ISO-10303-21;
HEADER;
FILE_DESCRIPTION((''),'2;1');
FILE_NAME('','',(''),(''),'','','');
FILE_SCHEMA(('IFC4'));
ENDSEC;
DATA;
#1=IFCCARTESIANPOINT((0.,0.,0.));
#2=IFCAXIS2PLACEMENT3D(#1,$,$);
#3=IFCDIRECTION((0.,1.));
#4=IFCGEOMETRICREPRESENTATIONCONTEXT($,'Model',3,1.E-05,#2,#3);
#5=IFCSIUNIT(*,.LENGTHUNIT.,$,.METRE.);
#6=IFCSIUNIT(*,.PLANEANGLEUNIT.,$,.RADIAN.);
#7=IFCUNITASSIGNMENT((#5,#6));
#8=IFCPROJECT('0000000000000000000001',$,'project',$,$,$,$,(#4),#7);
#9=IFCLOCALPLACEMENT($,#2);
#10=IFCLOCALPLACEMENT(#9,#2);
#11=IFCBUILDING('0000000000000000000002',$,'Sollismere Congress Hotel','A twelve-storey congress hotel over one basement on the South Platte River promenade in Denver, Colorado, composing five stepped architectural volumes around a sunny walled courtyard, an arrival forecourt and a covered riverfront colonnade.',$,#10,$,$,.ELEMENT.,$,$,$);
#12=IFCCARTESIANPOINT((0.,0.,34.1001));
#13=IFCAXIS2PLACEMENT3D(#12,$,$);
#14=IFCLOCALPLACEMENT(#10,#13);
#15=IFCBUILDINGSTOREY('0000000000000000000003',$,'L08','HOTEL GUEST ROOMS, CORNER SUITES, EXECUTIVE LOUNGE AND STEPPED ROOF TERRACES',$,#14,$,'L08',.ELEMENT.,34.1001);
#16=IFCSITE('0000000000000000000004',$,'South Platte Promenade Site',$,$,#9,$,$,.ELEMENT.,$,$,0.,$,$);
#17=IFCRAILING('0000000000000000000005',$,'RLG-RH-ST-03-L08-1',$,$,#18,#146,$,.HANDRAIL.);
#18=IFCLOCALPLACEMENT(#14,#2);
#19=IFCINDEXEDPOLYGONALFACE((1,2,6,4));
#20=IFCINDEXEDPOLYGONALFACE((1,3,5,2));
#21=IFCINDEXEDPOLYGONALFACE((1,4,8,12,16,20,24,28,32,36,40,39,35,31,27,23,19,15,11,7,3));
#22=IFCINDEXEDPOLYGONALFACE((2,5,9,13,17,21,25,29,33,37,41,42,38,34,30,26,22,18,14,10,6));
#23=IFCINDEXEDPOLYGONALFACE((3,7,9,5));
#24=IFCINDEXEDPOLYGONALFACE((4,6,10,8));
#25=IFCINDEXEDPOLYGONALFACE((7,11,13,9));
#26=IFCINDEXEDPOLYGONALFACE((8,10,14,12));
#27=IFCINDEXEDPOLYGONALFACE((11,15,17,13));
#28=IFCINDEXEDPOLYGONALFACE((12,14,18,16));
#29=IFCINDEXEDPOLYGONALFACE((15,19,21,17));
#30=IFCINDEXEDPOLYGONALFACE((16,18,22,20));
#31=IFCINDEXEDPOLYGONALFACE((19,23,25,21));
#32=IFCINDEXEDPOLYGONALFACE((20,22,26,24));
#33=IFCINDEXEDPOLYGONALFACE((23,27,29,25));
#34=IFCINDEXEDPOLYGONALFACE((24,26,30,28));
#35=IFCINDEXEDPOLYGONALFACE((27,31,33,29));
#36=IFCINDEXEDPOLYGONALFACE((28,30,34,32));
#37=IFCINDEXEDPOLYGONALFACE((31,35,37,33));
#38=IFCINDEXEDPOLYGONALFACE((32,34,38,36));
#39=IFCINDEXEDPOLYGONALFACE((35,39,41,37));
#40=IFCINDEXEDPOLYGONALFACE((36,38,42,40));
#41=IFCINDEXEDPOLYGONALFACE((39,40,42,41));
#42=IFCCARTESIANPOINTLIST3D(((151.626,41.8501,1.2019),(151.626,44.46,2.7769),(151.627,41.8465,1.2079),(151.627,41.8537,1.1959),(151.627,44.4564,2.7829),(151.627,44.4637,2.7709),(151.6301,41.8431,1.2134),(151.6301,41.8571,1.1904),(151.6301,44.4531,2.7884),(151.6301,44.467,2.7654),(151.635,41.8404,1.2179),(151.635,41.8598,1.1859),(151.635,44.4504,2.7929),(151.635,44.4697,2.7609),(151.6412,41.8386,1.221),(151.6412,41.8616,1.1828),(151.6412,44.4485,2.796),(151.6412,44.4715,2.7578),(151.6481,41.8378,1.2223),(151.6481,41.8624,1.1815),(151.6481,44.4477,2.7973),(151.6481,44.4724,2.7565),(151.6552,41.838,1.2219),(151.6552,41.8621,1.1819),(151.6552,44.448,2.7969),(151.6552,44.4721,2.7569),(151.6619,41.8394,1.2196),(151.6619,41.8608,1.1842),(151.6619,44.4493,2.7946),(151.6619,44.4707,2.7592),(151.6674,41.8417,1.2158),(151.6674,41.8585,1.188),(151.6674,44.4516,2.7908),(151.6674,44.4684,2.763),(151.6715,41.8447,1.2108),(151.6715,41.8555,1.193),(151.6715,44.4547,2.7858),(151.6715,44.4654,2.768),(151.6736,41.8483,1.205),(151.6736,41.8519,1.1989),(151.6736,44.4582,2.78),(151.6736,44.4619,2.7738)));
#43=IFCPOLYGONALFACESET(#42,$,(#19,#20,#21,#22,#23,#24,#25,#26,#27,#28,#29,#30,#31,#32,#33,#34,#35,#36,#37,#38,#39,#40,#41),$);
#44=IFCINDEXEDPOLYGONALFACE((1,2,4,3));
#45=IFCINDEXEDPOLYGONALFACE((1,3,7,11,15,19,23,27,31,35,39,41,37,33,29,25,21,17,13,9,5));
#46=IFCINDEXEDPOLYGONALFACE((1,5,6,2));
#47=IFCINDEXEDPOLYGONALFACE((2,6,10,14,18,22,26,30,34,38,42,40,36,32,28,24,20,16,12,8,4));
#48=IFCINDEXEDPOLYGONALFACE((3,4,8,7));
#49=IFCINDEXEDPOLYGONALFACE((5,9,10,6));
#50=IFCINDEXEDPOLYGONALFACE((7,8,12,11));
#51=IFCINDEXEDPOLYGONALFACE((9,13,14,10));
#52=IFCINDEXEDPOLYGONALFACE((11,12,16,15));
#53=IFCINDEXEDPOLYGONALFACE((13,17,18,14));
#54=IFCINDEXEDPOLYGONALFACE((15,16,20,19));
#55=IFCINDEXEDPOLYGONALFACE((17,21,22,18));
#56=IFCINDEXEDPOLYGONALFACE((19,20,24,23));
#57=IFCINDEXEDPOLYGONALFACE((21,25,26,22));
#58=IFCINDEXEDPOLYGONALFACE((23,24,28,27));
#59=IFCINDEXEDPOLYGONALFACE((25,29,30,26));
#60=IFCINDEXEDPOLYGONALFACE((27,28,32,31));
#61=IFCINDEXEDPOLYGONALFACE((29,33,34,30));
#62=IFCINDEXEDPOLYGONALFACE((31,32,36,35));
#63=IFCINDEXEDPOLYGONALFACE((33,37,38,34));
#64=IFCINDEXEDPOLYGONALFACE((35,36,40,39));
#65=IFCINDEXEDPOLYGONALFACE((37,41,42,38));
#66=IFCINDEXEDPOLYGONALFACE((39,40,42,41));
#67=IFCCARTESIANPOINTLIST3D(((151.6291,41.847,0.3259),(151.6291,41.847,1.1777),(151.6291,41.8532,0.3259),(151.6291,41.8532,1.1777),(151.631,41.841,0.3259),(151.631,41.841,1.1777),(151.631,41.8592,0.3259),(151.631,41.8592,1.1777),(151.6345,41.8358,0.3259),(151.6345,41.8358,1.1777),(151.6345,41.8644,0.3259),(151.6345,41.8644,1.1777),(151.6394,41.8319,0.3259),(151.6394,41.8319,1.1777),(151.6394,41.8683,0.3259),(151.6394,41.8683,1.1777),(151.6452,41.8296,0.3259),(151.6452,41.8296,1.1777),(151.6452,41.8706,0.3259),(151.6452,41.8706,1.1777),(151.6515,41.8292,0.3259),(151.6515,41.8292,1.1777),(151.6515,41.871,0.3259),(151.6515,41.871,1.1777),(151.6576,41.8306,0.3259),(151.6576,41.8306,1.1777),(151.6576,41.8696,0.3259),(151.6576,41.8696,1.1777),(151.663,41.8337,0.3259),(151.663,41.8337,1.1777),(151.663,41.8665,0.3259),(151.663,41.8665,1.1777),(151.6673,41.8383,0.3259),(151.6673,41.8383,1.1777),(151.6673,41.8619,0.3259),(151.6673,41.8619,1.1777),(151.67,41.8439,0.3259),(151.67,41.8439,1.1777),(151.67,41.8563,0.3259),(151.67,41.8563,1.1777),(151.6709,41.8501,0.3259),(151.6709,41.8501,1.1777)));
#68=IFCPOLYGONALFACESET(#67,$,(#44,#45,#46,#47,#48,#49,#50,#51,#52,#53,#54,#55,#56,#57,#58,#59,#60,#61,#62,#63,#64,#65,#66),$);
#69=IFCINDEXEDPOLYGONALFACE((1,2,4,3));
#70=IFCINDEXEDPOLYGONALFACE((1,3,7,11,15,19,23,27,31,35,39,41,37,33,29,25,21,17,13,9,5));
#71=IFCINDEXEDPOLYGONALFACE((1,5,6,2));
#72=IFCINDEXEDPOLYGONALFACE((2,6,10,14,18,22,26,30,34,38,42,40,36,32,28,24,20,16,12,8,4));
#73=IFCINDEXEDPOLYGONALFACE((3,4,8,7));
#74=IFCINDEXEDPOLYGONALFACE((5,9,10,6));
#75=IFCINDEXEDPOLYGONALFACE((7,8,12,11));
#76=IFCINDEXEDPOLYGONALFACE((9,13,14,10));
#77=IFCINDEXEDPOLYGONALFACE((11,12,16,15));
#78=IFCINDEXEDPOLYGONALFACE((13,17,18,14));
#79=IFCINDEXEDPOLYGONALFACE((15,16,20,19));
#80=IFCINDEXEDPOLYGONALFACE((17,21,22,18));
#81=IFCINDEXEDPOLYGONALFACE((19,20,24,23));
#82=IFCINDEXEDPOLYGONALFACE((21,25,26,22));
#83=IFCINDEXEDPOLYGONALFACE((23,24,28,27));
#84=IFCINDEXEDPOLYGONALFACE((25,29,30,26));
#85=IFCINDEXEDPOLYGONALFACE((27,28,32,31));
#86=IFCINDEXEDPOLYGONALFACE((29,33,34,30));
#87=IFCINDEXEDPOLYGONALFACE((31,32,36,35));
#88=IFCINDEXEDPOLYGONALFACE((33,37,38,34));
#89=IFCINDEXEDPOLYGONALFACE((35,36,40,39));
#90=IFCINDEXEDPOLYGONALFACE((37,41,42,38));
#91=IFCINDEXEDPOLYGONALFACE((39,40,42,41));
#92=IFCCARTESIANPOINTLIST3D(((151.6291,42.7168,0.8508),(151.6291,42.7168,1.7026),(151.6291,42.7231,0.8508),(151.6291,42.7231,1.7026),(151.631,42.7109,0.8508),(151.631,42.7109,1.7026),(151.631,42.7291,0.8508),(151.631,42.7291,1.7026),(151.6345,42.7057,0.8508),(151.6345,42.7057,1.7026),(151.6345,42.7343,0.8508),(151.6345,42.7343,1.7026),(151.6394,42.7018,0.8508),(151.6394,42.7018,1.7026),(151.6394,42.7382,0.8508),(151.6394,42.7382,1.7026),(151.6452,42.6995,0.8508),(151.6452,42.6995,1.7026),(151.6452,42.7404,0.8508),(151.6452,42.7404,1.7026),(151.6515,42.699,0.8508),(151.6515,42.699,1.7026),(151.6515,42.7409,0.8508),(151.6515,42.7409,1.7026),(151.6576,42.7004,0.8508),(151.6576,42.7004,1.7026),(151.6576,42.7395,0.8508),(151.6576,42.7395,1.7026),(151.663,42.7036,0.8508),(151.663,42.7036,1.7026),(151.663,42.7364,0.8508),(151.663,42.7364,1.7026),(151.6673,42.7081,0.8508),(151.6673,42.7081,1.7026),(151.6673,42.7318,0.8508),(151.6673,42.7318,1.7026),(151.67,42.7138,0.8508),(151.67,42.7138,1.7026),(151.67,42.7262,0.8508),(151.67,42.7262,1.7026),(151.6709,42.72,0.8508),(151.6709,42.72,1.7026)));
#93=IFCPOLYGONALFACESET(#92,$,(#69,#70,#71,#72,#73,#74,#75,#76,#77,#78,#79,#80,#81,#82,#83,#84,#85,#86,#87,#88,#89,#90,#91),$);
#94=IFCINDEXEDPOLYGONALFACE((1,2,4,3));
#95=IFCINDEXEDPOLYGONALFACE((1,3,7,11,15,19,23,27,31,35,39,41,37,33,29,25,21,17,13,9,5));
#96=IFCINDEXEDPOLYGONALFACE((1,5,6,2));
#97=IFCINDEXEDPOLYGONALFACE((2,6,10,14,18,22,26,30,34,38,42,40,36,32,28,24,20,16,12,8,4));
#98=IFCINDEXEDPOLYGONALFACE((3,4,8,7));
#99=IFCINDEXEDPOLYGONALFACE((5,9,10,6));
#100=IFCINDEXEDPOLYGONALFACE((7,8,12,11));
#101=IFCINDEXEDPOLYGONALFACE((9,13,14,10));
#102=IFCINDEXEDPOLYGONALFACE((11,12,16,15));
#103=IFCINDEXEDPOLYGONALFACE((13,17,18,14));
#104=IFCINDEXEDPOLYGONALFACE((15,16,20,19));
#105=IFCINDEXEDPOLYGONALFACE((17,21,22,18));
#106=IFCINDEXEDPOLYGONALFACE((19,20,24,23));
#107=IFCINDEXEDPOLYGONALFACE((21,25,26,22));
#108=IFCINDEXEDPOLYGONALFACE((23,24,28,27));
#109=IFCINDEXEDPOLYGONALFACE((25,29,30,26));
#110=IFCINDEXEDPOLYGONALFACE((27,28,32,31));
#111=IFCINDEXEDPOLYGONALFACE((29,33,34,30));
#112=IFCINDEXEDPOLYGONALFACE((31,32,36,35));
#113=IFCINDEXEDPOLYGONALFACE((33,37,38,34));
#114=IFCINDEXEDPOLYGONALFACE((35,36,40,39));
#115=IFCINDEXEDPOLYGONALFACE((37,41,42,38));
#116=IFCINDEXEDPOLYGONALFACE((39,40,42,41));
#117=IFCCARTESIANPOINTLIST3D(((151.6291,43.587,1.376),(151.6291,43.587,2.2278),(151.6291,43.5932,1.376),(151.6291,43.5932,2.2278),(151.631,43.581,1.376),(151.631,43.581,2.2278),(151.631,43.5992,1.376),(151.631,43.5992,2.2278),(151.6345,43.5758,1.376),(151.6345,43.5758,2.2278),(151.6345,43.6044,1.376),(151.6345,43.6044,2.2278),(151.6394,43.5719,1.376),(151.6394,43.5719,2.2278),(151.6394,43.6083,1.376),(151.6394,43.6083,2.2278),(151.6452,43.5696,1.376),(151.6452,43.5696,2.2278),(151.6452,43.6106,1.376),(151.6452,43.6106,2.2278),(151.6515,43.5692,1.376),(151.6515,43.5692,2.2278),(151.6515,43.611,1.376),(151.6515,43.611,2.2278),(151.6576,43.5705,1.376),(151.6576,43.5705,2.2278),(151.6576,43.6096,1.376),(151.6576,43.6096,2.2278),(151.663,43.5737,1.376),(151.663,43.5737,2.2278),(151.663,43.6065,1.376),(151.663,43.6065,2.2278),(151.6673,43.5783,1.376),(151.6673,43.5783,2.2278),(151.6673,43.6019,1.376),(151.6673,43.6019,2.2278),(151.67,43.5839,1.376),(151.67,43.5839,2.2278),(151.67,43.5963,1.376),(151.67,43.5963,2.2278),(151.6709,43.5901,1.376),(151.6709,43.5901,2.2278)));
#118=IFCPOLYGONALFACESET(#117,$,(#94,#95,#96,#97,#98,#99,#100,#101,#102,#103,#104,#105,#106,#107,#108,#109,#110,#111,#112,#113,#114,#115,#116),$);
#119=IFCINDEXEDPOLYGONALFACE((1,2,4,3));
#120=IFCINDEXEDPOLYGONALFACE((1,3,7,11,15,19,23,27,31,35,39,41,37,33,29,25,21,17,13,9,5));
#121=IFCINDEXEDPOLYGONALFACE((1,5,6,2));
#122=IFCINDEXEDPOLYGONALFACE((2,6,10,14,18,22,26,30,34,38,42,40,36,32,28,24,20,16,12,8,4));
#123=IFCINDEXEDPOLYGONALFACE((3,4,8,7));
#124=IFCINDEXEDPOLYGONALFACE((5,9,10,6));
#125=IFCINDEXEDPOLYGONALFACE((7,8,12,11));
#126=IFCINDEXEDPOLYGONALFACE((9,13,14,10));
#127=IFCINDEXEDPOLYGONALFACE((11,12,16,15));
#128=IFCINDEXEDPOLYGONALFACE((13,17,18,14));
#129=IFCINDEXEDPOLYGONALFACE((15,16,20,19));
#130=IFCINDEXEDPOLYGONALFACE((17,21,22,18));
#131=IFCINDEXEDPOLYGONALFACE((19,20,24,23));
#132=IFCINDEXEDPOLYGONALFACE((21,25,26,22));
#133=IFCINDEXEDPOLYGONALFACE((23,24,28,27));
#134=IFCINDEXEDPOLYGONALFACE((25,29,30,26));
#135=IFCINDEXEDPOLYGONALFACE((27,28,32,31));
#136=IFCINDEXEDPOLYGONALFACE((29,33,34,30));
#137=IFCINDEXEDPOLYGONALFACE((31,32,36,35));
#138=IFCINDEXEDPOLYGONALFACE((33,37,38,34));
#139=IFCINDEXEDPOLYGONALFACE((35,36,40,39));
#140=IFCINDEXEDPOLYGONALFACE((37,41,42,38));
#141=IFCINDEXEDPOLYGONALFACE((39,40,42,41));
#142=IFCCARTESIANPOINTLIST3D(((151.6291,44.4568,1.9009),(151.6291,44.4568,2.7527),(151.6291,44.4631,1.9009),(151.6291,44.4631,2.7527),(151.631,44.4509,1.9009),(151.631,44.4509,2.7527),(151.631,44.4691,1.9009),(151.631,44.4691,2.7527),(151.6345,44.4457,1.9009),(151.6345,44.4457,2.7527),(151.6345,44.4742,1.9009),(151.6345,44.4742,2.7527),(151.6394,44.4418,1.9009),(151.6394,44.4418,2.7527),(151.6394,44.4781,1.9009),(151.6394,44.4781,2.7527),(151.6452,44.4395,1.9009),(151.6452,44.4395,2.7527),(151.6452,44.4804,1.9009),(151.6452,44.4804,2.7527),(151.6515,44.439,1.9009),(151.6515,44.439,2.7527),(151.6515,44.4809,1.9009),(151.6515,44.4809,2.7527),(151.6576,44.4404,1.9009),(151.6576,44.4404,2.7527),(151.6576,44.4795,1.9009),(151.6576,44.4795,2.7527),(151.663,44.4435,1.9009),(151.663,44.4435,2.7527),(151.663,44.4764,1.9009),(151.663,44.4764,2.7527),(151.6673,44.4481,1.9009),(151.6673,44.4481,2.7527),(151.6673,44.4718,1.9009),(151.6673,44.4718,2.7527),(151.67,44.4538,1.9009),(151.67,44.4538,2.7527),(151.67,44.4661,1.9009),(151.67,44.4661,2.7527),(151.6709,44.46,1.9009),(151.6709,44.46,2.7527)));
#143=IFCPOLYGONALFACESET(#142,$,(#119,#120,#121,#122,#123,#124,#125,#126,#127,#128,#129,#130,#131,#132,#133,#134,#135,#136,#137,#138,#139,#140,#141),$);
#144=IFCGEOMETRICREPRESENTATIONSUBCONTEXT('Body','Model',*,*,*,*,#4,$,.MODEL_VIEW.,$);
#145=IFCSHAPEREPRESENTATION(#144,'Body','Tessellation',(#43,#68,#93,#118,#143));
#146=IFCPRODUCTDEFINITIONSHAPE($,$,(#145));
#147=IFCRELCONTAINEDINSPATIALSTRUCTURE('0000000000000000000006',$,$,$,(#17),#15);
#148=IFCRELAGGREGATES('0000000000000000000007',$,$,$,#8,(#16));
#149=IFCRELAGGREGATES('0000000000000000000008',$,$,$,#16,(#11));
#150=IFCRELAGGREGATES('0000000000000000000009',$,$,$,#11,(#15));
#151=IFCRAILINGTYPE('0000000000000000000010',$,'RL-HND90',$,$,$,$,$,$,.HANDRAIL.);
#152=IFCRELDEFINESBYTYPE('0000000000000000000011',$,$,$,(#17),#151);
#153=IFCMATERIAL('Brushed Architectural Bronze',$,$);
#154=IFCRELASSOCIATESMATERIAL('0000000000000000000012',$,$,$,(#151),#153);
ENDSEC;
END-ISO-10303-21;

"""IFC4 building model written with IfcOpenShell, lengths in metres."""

from ifc_helpers import new_model, si_unit, direction, frame, origin, origin_2d, place, context, subcontext, project, spatial, circle, extrude, material, type_object, element, save


model = new_model("IFC4")

# Units and contexts
model_context = context("Model", 3, precision=1e-05, world=origin(), true_north=direction((0.0, 1.0)))
body_context = subcontext(model_context, "Body", "Model", "MODEL_VIEW")
ifc_project = project(units=[si_unit("LENGTHUNIT", "METRE"), si_unit("PLANEANGLEUNIT", "RADIAN")], contexts=[model_context])

# Site, building, storey
site_placement = place(None, origin())
site = spatial("IfcSite", under=ifc_project, at=site_placement, Name="South Platte Promenade Site", CompositionType="ELEMENT", RefElevation=0.0)
building_placement = place(site_placement, origin())
building = spatial("IfcBuilding", under=site, at=building_placement, Name="Sollismere Congress Hotel", Description="A twelve-storey congress hotel over one basement on the South Platte River promenade in Denver, Colorado, composing five stepped architectural volumes around a sunny walled courtyard, an arrival forecourt and a covered riverfront colonnade.", CompositionType="ELEMENT")
storey_placement = place(building_placement, frame((0.0, 0.0, 34.1001)))
storey = spatial("IfcBuildingStorey", under=building, at=storey_placement, Name="L08", Description="HOTEL GUEST ROOMS, CORNER SUITES, EXECUTIVE LOUNGE AND STEPPED ROOF TERRACES", LongName="L08", CompositionType="ELEMENT", Elevation=34.1001)

# Railing
ifc_material_1 = material(Name="Brushed Architectural Bronze")
railing_type_1 = type_object("IfcRailingType", Name="RL-HND90", PredefinedType="HANDRAIL", material=ifc_material_1)
railing_1_placement = place(storey_placement, frame((151.6499, 41.8501, 0.3259)))
element("IfcRailing", 1, at=railing_1_placement, inside=storey, type_object=railing_type_1, Name="RLG-RH-ST-03-L08-1", PredefinedType="HANDRAIL", context=body_context, shape_type="SweptSolid", body=[
    extrude(circle(Radius=0.0239, at=origin_2d()), frame((0.0, 0.0, 0.876), z_axis=(0.0, 0.856183, 0.516673), x_axis=(-1.0, 0.0, 0.0)), (0.0, 0.0, 1.0), 3.0483),
    extrude(circle(Radius=0.021, at=origin_2d()), origin(), (0.0, 0.0, 1.0), 0.8518),
    extrude(circle(Radius=0.021, at=origin_2d()), frame((0.0, 0.8699, 0.5249)), (0.0, 0.0, 1.0), 0.8518),
    extrude(circle(Radius=0.021, at=origin_2d()), frame((0.0, 1.74, 1.05)), (0.0, 0.0, 1.0), 0.8518),
    extrude(circle(Radius=0.021, at=origin_2d()), frame((0.0, 2.6099, 1.575)), (0.0, 0.0, 1.0), 0.8518),
])

save(model, "model.ifc")
